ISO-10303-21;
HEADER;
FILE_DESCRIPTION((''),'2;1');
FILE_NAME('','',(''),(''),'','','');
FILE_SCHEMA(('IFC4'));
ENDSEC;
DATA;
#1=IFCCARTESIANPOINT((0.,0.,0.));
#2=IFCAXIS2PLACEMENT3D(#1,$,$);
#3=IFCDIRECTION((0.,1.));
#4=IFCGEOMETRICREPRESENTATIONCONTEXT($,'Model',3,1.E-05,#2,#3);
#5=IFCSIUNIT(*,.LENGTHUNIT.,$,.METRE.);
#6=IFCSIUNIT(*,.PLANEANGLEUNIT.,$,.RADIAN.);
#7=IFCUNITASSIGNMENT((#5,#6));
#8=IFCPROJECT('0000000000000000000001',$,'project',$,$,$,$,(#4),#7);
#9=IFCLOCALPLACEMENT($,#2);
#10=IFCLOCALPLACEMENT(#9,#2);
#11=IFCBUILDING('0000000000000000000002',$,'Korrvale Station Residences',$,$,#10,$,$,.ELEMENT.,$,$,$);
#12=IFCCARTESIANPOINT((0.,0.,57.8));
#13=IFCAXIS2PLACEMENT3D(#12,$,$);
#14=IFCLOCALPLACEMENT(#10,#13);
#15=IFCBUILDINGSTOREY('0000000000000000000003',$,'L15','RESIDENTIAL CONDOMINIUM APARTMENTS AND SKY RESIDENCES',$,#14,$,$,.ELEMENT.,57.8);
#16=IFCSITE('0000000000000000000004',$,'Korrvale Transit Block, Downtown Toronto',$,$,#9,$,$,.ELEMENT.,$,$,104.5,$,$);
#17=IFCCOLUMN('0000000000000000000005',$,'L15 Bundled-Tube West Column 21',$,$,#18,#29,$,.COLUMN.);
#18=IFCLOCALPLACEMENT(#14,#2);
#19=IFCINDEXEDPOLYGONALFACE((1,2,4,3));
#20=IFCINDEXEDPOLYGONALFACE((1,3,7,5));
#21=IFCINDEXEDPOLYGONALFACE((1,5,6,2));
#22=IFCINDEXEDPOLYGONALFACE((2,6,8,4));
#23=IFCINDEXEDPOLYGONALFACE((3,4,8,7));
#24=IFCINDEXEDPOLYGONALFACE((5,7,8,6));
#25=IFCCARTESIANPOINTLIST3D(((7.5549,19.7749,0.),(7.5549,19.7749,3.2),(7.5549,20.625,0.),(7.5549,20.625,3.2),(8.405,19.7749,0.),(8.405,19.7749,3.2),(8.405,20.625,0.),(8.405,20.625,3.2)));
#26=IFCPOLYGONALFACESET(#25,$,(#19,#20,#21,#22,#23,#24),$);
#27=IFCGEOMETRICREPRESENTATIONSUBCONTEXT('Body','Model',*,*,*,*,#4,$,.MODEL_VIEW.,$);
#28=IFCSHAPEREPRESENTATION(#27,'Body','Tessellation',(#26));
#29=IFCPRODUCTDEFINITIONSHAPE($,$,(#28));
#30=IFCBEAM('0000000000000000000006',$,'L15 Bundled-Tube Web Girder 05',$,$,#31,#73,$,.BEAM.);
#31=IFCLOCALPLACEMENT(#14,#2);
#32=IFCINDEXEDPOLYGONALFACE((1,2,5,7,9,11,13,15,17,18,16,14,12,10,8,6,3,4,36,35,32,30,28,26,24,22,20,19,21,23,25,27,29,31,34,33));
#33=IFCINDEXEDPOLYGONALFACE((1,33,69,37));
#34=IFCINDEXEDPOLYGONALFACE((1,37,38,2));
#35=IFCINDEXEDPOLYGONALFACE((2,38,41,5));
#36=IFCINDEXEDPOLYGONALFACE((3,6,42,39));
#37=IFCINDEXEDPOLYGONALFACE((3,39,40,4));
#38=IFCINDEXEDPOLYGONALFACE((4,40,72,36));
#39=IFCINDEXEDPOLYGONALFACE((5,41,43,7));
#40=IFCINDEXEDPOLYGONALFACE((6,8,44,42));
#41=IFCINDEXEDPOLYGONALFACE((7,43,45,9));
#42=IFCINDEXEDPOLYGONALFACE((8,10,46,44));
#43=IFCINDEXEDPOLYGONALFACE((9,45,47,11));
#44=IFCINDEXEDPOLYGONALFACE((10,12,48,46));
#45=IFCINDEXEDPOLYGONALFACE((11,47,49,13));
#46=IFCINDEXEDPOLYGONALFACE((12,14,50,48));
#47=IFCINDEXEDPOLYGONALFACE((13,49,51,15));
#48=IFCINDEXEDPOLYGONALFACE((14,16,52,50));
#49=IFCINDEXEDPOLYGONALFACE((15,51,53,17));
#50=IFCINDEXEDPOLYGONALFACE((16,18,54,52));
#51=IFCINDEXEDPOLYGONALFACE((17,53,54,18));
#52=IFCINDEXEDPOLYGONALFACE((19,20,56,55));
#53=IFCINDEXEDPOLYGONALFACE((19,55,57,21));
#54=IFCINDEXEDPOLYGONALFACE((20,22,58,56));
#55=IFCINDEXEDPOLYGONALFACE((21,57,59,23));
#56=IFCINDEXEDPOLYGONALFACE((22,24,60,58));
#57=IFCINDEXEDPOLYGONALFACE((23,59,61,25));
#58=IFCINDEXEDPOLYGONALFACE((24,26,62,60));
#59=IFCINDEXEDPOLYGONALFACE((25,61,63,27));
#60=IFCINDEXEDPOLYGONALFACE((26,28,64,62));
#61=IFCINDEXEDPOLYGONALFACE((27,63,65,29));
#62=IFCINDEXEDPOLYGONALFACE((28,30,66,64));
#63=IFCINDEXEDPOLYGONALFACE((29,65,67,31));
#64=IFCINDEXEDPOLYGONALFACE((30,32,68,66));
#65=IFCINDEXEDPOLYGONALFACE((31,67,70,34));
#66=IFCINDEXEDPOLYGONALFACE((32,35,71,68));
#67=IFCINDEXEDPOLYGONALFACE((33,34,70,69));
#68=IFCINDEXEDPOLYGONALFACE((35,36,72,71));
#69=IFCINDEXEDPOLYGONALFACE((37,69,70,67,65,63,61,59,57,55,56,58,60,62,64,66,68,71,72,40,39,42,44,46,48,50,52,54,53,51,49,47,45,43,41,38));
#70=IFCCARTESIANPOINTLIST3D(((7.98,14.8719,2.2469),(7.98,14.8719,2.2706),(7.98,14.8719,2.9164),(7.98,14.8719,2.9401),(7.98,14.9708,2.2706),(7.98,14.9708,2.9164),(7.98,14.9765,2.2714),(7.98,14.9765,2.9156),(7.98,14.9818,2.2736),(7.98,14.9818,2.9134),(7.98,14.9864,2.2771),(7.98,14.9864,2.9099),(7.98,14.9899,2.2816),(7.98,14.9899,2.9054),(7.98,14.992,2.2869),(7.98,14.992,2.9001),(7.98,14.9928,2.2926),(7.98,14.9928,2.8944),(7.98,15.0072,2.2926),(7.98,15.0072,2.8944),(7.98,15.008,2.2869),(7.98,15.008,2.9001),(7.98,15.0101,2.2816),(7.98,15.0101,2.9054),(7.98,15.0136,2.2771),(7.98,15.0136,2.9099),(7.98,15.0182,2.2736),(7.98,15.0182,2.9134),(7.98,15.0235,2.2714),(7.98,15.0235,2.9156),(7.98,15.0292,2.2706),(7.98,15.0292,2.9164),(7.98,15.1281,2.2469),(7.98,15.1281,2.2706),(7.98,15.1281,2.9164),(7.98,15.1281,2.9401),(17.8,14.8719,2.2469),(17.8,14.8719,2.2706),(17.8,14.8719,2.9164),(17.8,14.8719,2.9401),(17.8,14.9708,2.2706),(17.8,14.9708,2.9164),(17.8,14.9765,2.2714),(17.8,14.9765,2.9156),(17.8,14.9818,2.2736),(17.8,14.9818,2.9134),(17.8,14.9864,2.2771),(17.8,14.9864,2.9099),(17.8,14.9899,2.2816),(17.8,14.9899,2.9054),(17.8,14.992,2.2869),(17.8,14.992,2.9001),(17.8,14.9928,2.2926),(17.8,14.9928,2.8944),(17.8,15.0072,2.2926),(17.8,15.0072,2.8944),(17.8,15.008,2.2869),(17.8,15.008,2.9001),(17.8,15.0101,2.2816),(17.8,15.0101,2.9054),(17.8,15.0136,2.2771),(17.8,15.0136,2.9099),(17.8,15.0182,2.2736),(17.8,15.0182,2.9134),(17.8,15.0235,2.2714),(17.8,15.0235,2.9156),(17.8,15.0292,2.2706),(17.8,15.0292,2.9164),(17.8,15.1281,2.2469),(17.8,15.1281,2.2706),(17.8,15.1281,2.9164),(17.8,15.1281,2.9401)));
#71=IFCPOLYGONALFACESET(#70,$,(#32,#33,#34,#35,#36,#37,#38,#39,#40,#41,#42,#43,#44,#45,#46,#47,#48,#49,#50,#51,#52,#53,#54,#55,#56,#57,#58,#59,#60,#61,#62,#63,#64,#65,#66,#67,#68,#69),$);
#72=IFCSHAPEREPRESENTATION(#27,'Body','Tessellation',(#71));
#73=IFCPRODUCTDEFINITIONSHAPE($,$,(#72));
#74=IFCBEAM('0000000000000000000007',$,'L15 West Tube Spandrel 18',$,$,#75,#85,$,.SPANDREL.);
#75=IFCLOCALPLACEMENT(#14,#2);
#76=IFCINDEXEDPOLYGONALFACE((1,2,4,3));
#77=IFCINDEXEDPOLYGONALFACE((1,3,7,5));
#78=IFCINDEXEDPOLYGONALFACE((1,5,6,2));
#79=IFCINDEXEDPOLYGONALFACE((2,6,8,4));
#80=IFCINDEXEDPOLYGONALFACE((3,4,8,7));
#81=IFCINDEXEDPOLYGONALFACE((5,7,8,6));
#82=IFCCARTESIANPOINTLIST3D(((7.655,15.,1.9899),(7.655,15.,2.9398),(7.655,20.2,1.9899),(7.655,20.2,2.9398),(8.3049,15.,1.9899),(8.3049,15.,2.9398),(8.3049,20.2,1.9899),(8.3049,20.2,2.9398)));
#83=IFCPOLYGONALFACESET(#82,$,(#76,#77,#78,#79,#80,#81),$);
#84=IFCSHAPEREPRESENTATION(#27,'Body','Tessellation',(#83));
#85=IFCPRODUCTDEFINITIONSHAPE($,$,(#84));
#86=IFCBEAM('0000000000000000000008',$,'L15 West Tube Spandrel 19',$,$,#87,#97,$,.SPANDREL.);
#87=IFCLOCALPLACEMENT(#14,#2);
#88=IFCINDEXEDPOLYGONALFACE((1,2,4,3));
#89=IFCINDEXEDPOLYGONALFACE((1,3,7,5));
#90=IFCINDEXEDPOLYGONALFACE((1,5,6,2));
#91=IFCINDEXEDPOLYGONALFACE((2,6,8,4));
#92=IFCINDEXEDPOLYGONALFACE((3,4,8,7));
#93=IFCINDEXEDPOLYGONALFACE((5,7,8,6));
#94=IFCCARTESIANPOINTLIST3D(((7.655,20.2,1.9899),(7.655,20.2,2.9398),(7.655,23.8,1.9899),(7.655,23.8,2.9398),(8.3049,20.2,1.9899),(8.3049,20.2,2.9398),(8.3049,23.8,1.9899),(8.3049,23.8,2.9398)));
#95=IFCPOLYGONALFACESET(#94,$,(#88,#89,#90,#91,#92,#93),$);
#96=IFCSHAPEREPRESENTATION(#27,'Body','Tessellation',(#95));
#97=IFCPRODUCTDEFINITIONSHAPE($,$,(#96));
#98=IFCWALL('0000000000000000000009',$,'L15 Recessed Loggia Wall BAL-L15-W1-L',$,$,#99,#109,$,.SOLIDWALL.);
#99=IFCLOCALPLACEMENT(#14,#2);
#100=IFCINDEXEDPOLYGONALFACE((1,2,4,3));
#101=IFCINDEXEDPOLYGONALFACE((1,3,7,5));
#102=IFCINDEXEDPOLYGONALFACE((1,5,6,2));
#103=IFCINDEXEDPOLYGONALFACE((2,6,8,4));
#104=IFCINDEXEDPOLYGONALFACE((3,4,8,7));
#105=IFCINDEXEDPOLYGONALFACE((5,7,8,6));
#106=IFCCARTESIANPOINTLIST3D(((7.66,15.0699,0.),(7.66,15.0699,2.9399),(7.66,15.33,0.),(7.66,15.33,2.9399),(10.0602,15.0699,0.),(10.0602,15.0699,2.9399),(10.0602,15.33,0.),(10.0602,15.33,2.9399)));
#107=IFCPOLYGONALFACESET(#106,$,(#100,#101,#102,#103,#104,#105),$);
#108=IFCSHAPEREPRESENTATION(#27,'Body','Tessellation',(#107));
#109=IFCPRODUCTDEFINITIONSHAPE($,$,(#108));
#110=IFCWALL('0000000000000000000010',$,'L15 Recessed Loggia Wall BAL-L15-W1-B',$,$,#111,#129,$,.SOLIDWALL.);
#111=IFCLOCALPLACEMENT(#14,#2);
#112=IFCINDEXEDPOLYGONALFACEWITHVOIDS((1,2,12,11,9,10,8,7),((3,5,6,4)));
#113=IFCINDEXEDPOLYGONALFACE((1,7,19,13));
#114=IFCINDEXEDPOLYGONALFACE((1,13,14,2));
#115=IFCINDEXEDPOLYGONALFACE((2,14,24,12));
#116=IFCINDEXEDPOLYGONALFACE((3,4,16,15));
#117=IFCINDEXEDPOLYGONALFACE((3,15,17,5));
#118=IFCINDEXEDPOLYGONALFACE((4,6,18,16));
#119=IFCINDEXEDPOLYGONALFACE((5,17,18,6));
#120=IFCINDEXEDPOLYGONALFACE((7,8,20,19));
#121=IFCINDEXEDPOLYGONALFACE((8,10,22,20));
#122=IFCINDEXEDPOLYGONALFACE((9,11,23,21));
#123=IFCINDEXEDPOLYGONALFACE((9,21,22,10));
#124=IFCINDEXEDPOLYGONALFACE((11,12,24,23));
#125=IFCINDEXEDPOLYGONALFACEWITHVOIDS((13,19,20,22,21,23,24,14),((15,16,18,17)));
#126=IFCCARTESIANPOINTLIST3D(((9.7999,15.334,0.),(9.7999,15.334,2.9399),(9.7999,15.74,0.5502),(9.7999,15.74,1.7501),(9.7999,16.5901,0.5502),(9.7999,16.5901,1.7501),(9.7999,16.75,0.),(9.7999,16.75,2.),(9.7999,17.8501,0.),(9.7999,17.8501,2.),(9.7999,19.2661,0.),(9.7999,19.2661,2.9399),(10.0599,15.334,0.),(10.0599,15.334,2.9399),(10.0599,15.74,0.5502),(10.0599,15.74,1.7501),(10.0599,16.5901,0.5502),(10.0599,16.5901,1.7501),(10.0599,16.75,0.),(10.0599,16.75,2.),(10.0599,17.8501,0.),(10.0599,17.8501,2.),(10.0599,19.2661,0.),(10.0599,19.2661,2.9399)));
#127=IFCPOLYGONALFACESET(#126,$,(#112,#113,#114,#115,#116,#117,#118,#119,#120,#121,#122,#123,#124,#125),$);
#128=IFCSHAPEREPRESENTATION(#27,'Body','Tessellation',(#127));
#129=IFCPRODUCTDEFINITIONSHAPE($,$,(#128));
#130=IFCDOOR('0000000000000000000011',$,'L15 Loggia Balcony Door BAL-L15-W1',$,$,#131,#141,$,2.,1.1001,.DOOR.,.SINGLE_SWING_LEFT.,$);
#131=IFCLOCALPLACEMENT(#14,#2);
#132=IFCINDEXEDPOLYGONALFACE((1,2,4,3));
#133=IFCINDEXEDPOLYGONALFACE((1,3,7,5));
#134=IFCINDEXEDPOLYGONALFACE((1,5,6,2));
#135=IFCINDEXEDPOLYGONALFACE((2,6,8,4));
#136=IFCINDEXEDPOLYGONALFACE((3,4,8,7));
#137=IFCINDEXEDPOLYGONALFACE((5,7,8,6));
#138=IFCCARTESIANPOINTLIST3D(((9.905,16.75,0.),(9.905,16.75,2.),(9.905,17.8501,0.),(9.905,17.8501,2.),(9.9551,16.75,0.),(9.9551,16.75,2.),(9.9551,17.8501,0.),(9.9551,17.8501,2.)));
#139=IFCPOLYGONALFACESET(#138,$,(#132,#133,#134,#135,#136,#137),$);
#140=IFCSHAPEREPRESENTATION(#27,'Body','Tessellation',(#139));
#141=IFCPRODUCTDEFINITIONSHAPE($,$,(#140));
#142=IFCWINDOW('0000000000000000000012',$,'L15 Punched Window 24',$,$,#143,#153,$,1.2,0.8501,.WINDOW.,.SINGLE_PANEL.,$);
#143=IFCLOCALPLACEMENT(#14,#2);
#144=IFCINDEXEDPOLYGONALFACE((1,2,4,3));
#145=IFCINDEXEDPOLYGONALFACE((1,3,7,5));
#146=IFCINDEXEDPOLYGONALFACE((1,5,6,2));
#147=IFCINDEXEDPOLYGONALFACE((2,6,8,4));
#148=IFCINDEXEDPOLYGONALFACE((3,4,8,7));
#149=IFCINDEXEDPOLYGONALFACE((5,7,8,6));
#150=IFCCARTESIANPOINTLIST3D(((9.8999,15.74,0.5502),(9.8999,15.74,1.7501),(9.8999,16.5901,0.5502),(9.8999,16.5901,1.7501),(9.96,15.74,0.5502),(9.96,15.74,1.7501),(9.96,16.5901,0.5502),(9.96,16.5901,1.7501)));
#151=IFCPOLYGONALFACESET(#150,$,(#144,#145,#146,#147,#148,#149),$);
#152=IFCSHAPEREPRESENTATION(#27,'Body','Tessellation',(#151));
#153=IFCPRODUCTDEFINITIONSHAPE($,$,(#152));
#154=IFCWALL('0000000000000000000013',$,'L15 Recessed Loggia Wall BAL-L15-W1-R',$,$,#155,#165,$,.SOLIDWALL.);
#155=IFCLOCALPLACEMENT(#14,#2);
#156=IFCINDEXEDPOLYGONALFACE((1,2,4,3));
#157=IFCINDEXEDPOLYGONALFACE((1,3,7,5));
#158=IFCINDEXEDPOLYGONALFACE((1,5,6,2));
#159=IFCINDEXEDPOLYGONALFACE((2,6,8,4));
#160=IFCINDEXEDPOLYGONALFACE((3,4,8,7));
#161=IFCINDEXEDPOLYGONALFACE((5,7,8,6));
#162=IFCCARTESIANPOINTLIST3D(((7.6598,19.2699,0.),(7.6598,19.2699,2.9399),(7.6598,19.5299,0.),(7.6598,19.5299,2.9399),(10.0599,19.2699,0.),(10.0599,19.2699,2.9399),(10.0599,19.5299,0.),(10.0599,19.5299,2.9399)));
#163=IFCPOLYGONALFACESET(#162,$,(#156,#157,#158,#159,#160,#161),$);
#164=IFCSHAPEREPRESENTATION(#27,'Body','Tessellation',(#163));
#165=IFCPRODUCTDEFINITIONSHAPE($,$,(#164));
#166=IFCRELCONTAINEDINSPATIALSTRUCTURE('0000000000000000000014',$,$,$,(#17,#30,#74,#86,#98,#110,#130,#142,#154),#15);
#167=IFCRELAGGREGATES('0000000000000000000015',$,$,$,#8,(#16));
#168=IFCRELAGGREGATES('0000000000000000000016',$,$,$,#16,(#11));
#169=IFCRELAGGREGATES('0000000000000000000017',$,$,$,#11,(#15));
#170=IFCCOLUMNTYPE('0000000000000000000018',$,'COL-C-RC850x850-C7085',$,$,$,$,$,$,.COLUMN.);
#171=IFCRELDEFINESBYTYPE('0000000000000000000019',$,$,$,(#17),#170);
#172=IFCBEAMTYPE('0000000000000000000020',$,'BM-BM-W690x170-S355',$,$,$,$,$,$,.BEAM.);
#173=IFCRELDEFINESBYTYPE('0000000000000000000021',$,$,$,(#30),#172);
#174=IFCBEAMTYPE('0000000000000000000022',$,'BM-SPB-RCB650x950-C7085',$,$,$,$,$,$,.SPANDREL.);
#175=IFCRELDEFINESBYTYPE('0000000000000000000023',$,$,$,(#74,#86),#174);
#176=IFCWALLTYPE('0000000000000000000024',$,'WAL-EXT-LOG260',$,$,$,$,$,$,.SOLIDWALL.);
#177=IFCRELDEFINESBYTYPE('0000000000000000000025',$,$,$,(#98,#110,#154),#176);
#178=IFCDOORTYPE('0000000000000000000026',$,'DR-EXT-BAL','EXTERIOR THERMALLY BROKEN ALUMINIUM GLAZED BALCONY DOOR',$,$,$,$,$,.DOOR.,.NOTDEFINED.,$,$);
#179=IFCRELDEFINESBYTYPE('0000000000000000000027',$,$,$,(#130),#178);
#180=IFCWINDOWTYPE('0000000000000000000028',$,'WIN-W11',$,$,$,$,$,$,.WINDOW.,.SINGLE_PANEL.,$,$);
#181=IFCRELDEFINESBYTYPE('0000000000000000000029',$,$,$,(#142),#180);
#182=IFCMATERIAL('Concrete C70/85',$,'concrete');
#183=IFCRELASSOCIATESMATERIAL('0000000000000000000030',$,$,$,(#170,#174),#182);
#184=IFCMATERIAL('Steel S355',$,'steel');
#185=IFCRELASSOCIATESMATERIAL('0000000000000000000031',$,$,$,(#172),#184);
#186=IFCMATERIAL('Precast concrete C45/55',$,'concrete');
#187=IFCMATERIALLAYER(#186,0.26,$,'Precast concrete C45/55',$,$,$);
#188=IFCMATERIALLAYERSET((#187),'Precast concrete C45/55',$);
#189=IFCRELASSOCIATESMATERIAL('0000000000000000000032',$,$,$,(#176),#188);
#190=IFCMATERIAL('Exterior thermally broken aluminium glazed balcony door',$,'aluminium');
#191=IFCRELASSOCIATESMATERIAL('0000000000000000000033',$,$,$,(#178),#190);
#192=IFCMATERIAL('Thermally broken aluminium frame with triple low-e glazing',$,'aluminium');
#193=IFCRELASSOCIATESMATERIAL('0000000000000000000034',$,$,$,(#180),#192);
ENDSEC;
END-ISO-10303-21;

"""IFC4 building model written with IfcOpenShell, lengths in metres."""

from ifc_helpers import new_model, si_unit, direction, frame, frame_2d, origin, origin_2d, place, context, subcontext, project, spatial, rectangle, i_section, extrude, material, layer, layer_set, material_profile, profile_set, type_object, element, fill, save


model = new_model("IFC4")

# Units and contexts
model_context = context("Model", 3, precision=1e-05, world=origin(), true_north=direction((0.0, 1.0)))
body_context = subcontext(model_context, "Body", "Model", "MODEL_VIEW")
ifc_project = project(units=[si_unit("LENGTHUNIT", "METRE"), si_unit("PLANEANGLEUNIT", "RADIAN")], contexts=[model_context])

# Site, building, storey
site_placement = place(None, origin())
site = spatial("IfcSite", under=ifc_project, at=site_placement, Name="Korrvale Transit Block, Downtown Toronto", CompositionType="ELEMENT", RefElevation=104.5)
building_placement = place(site_placement, origin())
building = spatial("IfcBuilding", under=site, at=building_placement, Name="Korrvale Station Residences", CompositionType="ELEMENT")
storey_placement = place(building_placement, frame((0.0, 0.0, 57.8)))
storey = spatial("IfcBuildingStorey", under=building, at=storey_placement, Name="L15", Description="RESIDENTIAL CONDOMINIUM APARTMENTS AND SKY RESIDENCES", CompositionType="ELEMENT", Elevation=57.8)

# Column
ifc_material_1 = material(Name="Concrete C70/85", Category="concrete")
ifc_material_profile_1 = material_profile(ifc_material_1, rectangle(XDim=0.8501, YDim=0.8501, at=origin_2d()), Name="RC850x850")
ifc_profile_set_1 = profile_set([ifc_material_profile_1], Name="Concrete C70/85")
column_type = type_object("IfcColumnType", Name="COL-C-RC850x850-C7085", PredefinedType="COLUMN", material=ifc_profile_set_1)
column_placement = place(storey_placement, frame((7.98, 20.2, 0.0), z_axis=(0.0, 0.0, 1.0), x_axis=(1.0, 0.0, 0.0)))
element("IfcColumn", 1, at=column_placement, inside=storey, type_object=column_type, Name="L15 Bundled-Tube West Column 21", PredefinedType="COLUMN", context=body_context, shape_type="SweptSolid", body=[
    extrude(rectangle(XDim=0.8501, YDim=0.8501, at=origin_2d()), origin(), (0.0, 0.0, 1.0), 3.2),
])

# Beams
ifc_material_2 = material(Name="Steel S355", Category="steel")
ifc_material_profile_2 = material_profile(ifc_material_2, i_section(OverallWidth=0.2561, OverallDepth=0.6931, WebThickness=0.0144, FlangeThickness=0.0237, FilletRadius=0.022, at=origin_2d()), Name="W690x170")
ifc_profile_set_2 = profile_set([ifc_material_profile_2], Name="Steel S355")
beam_type_1 = type_object("IfcBeamType", Name="BM-BM-W690x170-S355", PredefinedType="BEAM", material=ifc_profile_set_2)
beam_1_placement = place(storey_placement, frame((7.98, 15.0, 2.5935), z_axis=(1.0, 0.0, 0.0), x_axis=(0.0, 1.0, 0.0)))
element("IfcBeam", 2, at=beam_1_placement, inside=storey, type_object=beam_type_1, Name="L15 Bundled-Tube Web Girder 05", PredefinedType="BEAM", context=body_context, shape_type="SweptSolid", body=[
    extrude(i_section(OverallWidth=0.2561, OverallDepth=0.6931, WebThickness=0.0144, FlangeThickness=0.0237, FilletRadius=0.022, at=origin_2d()), origin(), (0.0, 0.0, 1.0), 9.8201),
])
ifc_material_profile_3 = material_profile(ifc_material_1, rectangle(XDim=0.6499, YDim=0.95, at=origin_2d()), Name="RCB650x950")
ifc_profile_set_3 = profile_set([ifc_material_profile_3], Name="Concrete C70/85")
beam_type_2 = type_object("IfcBeamType", Name="BM-SPB-RCB650x950-C7085", PredefinedType="SPANDREL", material=ifc_profile_set_3)
beam_2_placement = place(storey_placement, frame((7.98, 15.0, 2.4648), z_axis=(0.0, 1.0, 0.0), x_axis=(-1.0, 0.0, 0.0)))
element("IfcBeam", 3, at=beam_2_placement, inside=storey, type_object=beam_type_2, Name="L15 West Tube Spandrel 18", PredefinedType="SPANDREL", context=body_context, shape_type="SweptSolid", body=[
    extrude(rectangle(XDim=0.6499, YDim=0.95, at=origin_2d()), origin(), (0.0, 0.0, 1.0), 5.2),
])
beam_3_placement = place(storey_placement, frame((7.98, 20.2, 2.4648), z_axis=(0.0, 1.0, 0.0), x_axis=(-1.0, 0.0, 0.0)))
element("IfcBeam", 4, at=beam_3_placement, inside=storey, type_object=beam_type_2, Name="L15 West Tube Spandrel 19", PredefinedType="SPANDREL", context=body_context, shape_type="SweptSolid", body=[
    extrude(rectangle(XDim=0.6499, YDim=0.95, at=origin_2d()), origin(), (0.0, 0.0, 1.0), 3.6001),
])

# Wall
ifc_material_3 = material(Name="Precast concrete C45/55", Category="concrete")
ifc_layer_1 = layer(ifc_material_3, 0.26, Name="Precast concrete C45/55")
ifc_layer_set_1 = layer_set([ifc_layer_1], Name="Precast concrete C45/55")
wall_type_1 = type_object("IfcWallType", Name="WAL-EXT-LOG260", PredefinedType="SOLIDWALL", material=ifc_layer_set_1)
wall_1_placement = place(storey_placement, frame((7.6599, 15.2, 0.0), z_axis=(0.0, 0.0, 1.0), x_axis=(1.0, 0.0, 0.0)))
element("IfcWall", 5, at=wall_1_placement, inside=storey, type_object=wall_type_1, Name="L15 Recessed Loggia Wall BAL-L15-W1-L", PredefinedType="SOLIDWALL", context=body_context, shape_type="SweptSolid", body=[
    extrude(rectangle(XDim=2.4001, YDim=0.26, at=frame_2d((1.2002, 0.0))), origin(), (0.0, 0.0, 1.0), 2.9399),
])

# Wall, openings, door, window
wall_2_placement = place(storey_placement, frame((9.9299, 15.334, 0.0), z_axis=(0.0, 0.0, 1.0), x_axis=(0.0, 1.0, 0.0)))
wall_2 = element("IfcWall", 6, at=wall_2_placement, inside=storey, type_object=wall_type_1, Name="L15 Recessed Loggia Wall BAL-L15-W1-B", PredefinedType="SOLIDWALL", context=body_context, shape_type="SweptSolid", body=[
    extrude(rectangle(XDim=3.9321, YDim=0.26, at=frame_2d((1.9661, 0.0))), origin(), (0.0, 0.0, 1.0), 2.9399),
])
opening_1_placement = place(wall_2_placement, frame((1.416, 0.0, 0.0)))
opening_1 = element("IfcOpeningElement", 7, at=opening_1_placement, cuts=wall_2, PredefinedType="OPENING", context=body_context, shape_type="SweptSolid", body=[
    extrude(rectangle(XDim=1.1001, YDim=2.0, at=frame_2d((0.55, 1.0))), frame((0.0, 0.1401, 0.0), z_axis=(0.0, -1.0, 0.0), x_axis=(1.0, 0.0, 0.0)), (0.0, 0.0, 1.0), 0.28),
])
opening_2_placement = place(wall_2_placement, frame((0.406, 0.0, 0.55)))
opening_2 = element("IfcOpeningElement", 8, at=opening_2_placement, cuts=wall_2, PredefinedType="OPENING", context=body_context, shape_type="SweptSolid", body=[
    extrude(rectangle(XDim=0.8501, YDim=1.2, at=frame_2d((0.425, 0.6001))), frame((0.0, 0.1401, 0.0), z_axis=(0.0, -1.0, 0.0), x_axis=(1.0, 0.0, 0.0)), (0.0, 0.0, 1.0), 0.28),
])
ifc_material_4 = material(Name="Exterior thermally broken aluminium glazed balcony door", Category="aluminium")
door_type = type_object("IfcDoorType", Name="DR-EXT-BAL", Description="EXTERIOR THERMALLY BROKEN ALUMINIUM GLAZED BALCONY DOOR", OperationType="NOTDEFINED", PredefinedType="DOOR", material=ifc_material_4)
door_placement = place(opening_1_placement, origin())
door = element("IfcDoor", 9, at=door_placement, inside=storey, type_object=door_type, Name="L15 Loggia Balcony Door BAL-L15-W1", OperationType="SINGLE_SWING_LEFT", OverallHeight=2.0, OverallWidth=1.1001, PredefinedType="DOOR", context=body_context, shape_type="SweptSolid", body=[
    extrude(rectangle(XDim=1.1001, YDim=2.0, at=frame_2d((0.55, 1.0))), frame((0.0, 0.0249, 0.0), z_axis=(0.0, -1.0, 0.0), x_axis=(1.0, 0.0, 0.0)), (0.0, 0.0, 1.0), 0.05),
])
fill(opening_1, door)
ifc_material_5 = material(Name="Thermally broken aluminium frame with triple low-e glazing", Category="aluminium")
window_type_1 = type_object("IfcWindowType", Name="WIN-W11", PartitioningType="SINGLE_PANEL", PredefinedType="WINDOW", material=ifc_material_5)
window_1_placement = place(opening_2_placement, origin())
window_1 = element("IfcWindow", 10, at=window_1_placement, inside=storey, type_object=window_type_1, Name="L15 Punched Window 24", OverallHeight=1.2, OverallWidth=0.8501, PartitioningType="SINGLE_PANEL", PredefinedType="WINDOW", context=body_context, shape_type="SweptSolid", body=[
    extrude(rectangle(XDim=0.8501, YDim=1.2, at=frame_2d((0.425, 0.6001))), frame((0.0, 0.03, 0.0), z_axis=(0.0, -1.0, 0.0), x_axis=(1.0, 0.0, 0.0)), (0.0, 0.0, 1.0), 0.0601),
])
fill(opening_2, window_1)

# Wall
wall_3_placement = place(storey_placement, frame((10.0601, 19.3999, 0.0), z_axis=(0.0, 0.0, 1.0), x_axis=(-1.0, 0.0, 0.0)))
element("IfcWall", 11, at=wall_3_placement, inside=storey, type_object=wall_type_1, Name="L15 Recessed Loggia Wall BAL-L15-W1-R", PredefinedType="SOLIDWALL", context=body_context, shape_type="SweptSolid", body=[
    extrude(rectangle(XDim=2.4001, YDim=0.26, at=frame_2d((1.2002, 0.0))), origin(), (0.0, 0.0, 1.0), 2.9399),
])

save(model, "model.ifc")
